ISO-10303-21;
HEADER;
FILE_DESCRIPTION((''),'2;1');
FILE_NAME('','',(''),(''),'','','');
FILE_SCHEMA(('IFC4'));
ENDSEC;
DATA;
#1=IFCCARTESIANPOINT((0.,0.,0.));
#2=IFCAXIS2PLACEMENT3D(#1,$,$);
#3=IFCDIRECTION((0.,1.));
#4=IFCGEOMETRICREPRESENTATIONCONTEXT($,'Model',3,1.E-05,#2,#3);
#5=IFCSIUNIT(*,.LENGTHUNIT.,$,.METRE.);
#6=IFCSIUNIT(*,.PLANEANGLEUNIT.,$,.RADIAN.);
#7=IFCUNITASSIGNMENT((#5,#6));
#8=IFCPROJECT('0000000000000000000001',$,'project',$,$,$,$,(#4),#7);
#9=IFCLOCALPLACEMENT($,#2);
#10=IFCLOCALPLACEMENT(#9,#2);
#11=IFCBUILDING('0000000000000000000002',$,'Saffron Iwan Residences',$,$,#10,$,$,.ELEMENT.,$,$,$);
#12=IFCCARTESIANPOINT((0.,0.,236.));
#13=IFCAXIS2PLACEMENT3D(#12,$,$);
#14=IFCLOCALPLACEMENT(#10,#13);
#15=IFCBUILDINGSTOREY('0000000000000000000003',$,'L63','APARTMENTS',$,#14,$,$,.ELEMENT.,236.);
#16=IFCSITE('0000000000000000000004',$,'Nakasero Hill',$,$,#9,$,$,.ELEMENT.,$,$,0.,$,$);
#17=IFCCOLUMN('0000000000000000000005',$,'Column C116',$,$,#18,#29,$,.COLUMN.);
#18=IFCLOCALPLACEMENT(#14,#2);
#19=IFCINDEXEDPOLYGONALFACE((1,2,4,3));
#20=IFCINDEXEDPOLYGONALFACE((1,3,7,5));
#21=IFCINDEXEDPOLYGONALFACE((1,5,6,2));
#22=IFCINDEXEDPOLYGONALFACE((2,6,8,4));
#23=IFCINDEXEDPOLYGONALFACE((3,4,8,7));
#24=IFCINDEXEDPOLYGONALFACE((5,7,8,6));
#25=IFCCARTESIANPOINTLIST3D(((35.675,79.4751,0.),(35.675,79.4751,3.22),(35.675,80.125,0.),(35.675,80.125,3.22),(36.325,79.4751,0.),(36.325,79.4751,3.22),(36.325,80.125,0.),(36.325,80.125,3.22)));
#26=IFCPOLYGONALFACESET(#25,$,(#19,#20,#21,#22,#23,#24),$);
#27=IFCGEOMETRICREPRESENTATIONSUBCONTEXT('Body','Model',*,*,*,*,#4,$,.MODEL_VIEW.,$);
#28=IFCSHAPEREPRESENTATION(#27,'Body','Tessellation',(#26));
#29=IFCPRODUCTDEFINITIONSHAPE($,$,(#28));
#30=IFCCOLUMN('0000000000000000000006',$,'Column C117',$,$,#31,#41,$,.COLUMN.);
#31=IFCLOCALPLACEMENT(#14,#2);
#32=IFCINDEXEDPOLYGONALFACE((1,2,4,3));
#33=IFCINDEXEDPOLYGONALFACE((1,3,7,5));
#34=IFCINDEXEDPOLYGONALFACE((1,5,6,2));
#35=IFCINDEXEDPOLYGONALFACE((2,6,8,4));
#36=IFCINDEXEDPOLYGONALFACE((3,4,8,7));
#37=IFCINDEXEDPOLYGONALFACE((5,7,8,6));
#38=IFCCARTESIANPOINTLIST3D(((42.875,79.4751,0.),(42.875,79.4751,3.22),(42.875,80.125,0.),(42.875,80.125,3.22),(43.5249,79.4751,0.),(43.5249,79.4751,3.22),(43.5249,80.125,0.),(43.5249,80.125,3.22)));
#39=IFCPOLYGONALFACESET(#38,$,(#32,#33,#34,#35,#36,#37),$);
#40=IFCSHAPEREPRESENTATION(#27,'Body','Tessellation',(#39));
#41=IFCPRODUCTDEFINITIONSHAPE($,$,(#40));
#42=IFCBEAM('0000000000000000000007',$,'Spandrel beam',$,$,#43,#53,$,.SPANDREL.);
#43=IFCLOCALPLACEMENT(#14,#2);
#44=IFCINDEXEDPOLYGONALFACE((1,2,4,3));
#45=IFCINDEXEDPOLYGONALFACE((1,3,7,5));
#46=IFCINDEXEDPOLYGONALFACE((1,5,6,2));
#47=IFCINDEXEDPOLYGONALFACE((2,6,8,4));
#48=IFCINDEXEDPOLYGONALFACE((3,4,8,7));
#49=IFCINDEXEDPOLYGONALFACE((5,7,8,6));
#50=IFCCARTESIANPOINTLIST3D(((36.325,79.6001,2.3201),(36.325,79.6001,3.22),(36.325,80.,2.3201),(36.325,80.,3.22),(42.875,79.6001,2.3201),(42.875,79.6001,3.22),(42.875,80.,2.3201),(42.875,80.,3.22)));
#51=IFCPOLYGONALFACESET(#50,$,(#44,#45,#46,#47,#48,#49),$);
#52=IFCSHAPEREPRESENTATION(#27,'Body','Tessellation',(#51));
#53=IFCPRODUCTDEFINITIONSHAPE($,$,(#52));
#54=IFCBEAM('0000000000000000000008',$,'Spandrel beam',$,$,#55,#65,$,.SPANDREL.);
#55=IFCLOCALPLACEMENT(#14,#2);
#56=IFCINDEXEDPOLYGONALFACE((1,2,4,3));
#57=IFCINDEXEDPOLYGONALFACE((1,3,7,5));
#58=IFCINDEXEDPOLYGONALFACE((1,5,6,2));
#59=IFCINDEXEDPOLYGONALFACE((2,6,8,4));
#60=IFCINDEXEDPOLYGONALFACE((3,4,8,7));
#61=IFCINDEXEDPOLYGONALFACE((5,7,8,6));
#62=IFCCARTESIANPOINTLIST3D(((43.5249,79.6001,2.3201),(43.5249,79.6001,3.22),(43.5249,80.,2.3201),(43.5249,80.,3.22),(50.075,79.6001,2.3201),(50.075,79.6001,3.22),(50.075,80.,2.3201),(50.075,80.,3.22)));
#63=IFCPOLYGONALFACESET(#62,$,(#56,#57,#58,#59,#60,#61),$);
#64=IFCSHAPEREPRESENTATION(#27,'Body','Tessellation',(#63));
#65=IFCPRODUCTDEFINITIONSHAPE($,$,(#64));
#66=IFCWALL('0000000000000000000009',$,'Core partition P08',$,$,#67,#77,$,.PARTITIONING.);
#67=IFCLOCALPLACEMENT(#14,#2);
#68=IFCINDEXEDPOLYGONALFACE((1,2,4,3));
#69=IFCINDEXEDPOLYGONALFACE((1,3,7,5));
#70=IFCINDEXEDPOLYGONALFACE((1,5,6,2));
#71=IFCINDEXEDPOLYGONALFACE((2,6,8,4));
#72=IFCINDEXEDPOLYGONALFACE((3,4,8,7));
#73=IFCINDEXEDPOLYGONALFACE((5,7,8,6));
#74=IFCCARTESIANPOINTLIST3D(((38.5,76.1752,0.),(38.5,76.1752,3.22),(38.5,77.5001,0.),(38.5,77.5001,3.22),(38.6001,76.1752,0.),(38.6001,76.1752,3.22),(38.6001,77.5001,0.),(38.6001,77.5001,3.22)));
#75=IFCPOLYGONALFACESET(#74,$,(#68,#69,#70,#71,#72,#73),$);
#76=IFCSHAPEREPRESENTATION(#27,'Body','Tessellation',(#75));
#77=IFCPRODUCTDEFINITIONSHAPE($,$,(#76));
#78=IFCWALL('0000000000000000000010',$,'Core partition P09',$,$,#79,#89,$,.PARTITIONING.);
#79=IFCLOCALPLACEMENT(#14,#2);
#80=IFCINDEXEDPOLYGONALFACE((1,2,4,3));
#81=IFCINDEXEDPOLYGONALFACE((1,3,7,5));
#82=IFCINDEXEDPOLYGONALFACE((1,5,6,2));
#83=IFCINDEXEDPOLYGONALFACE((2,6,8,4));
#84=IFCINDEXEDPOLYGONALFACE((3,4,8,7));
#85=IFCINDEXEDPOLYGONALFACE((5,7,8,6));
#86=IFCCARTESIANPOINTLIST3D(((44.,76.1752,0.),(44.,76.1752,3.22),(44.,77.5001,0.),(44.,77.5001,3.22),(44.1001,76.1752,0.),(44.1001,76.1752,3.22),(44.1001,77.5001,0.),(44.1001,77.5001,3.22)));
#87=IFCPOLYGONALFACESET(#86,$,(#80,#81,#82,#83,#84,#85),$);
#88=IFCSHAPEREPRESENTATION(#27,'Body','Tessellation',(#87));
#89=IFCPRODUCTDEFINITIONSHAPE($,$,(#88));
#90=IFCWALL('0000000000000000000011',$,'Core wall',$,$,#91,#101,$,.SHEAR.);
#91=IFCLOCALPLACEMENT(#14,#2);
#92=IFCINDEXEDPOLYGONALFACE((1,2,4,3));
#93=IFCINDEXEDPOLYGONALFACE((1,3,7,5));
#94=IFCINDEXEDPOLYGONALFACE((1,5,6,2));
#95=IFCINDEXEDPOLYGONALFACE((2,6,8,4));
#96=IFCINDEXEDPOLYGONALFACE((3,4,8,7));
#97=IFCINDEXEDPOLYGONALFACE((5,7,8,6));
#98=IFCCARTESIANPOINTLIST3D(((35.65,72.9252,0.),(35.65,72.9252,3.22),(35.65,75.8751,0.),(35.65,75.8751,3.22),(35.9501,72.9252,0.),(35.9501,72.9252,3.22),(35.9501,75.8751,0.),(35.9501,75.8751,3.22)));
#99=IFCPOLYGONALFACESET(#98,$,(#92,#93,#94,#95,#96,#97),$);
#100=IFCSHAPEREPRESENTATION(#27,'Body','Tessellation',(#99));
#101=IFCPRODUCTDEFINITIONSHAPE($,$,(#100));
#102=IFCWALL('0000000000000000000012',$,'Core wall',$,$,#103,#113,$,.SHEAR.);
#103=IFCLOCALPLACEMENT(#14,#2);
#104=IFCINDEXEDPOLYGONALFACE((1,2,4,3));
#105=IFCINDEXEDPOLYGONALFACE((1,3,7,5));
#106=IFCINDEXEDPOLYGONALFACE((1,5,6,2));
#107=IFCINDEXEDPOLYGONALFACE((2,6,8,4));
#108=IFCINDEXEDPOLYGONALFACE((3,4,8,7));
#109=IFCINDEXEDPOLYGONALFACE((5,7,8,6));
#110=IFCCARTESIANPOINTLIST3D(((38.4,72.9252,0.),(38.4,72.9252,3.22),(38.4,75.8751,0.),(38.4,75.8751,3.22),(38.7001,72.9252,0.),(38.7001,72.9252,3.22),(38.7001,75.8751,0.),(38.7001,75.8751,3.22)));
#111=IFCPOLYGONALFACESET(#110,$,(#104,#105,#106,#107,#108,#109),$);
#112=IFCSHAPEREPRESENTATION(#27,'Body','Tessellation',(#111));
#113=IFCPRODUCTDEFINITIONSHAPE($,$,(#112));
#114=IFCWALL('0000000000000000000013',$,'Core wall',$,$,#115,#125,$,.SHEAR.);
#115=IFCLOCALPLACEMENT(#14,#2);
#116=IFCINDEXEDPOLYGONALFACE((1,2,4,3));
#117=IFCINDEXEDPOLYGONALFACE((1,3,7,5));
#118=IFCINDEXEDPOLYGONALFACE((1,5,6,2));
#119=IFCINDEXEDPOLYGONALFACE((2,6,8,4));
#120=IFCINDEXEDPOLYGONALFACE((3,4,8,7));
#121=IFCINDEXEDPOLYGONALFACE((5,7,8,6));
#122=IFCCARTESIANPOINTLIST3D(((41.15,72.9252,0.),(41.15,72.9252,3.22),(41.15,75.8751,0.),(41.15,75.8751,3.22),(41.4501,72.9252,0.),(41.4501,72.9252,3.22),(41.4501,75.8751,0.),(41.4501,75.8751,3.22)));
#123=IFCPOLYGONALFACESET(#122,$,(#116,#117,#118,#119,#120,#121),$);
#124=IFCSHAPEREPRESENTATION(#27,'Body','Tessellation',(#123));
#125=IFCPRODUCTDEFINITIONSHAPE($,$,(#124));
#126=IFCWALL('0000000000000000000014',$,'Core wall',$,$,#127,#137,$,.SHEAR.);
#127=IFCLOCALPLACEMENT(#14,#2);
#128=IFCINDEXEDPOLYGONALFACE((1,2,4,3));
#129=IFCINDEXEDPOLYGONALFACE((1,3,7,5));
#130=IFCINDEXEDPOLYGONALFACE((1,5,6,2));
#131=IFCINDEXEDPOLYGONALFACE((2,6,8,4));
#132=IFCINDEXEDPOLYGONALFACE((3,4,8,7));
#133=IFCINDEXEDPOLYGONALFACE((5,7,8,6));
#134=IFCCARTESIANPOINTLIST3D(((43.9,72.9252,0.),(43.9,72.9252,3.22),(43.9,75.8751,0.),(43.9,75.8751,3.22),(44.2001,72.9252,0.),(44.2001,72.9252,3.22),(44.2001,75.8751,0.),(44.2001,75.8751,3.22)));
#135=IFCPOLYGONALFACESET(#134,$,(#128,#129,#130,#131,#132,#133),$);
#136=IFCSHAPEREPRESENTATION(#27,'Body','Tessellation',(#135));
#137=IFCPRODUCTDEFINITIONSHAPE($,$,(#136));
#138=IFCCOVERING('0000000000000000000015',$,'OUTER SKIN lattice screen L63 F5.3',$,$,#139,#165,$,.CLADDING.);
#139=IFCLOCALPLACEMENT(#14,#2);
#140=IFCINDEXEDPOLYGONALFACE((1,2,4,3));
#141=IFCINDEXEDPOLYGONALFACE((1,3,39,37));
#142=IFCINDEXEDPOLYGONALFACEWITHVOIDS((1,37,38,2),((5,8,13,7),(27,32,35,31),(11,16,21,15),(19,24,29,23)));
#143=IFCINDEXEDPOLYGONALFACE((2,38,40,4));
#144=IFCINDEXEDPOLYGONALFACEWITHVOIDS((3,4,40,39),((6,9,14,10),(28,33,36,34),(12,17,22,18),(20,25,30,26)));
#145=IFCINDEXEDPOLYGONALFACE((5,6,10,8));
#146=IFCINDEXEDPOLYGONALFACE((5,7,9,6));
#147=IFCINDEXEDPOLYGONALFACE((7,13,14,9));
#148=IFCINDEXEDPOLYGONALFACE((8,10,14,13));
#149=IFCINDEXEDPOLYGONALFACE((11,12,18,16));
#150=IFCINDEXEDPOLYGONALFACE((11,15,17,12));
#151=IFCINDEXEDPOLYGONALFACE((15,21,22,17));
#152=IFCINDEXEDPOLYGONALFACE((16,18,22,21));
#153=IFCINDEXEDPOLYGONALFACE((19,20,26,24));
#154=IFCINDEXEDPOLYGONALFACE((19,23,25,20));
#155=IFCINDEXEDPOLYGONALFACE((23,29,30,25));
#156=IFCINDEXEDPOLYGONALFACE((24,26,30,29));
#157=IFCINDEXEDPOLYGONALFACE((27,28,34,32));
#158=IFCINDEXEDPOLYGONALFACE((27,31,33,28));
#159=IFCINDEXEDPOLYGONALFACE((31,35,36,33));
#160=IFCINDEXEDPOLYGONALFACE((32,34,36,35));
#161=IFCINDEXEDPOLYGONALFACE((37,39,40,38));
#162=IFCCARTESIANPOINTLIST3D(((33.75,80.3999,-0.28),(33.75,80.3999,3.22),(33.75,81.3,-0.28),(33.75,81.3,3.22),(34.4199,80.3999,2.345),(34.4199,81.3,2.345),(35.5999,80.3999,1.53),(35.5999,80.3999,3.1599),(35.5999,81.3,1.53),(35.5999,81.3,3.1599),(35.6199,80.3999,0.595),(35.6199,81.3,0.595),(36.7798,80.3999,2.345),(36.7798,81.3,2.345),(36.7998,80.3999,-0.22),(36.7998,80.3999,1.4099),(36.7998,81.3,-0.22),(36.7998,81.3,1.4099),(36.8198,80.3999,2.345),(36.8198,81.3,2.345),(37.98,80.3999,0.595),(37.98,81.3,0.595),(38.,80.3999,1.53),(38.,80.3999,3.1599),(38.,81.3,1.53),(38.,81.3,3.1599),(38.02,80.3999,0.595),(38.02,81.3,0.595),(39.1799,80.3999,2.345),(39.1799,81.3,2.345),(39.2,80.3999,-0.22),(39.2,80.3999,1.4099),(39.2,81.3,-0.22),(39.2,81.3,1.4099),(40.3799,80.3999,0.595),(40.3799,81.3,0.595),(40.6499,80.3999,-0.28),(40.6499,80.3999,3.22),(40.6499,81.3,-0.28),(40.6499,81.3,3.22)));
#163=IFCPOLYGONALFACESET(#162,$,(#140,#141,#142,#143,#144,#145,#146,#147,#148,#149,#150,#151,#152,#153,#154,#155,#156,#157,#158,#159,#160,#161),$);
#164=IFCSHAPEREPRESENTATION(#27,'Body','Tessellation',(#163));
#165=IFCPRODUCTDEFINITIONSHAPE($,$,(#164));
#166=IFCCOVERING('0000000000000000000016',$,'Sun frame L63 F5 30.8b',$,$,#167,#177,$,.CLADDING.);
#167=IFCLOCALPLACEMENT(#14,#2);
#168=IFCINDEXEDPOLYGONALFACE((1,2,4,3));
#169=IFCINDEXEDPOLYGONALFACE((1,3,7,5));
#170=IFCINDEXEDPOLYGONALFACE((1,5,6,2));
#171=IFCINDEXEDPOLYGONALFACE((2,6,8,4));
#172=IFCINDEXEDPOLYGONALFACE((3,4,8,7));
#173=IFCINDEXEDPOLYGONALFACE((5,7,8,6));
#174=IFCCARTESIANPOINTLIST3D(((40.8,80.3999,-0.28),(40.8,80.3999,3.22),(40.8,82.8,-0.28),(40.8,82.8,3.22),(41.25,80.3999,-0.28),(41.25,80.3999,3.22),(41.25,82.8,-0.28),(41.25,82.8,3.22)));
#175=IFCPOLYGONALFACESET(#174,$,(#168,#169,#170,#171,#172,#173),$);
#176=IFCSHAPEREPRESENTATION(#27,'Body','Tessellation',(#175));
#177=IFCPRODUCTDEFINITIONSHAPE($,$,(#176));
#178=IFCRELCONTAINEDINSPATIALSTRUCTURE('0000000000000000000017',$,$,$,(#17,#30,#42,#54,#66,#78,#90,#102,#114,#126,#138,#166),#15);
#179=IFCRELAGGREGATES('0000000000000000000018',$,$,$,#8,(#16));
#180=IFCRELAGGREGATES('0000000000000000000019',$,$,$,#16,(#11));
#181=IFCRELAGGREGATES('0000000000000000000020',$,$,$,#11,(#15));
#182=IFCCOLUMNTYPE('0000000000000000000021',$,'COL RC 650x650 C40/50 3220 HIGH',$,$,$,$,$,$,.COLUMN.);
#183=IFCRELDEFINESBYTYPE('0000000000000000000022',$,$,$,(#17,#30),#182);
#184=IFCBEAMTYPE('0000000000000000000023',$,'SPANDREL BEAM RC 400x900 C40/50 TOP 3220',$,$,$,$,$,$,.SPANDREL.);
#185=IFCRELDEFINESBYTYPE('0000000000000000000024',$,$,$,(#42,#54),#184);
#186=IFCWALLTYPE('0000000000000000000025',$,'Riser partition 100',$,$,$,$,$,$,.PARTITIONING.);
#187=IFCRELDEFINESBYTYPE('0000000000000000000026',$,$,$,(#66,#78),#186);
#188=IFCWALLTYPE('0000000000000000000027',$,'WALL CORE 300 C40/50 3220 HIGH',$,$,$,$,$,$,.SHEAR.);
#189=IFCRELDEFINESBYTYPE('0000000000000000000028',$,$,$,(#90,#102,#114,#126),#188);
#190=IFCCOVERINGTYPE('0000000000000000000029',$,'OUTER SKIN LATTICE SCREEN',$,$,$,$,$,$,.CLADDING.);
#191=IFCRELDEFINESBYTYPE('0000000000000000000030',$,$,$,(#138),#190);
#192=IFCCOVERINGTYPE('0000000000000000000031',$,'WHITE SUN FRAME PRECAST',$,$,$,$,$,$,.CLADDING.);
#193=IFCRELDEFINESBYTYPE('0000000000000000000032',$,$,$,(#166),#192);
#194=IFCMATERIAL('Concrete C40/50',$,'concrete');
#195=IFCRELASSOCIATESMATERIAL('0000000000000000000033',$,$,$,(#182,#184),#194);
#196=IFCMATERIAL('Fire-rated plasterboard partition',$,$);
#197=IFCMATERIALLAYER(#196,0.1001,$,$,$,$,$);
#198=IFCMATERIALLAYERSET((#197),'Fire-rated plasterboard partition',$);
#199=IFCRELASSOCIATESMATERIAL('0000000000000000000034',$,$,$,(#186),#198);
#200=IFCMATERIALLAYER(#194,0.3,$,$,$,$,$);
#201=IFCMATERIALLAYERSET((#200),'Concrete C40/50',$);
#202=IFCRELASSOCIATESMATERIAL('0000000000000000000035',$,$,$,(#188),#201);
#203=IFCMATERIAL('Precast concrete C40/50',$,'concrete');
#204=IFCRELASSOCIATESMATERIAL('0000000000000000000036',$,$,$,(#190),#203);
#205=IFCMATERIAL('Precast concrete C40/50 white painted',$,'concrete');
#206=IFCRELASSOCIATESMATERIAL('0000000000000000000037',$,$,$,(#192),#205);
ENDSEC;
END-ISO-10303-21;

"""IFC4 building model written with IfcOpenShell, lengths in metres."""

from ifc_helpers import new_model, si_unit, direction, frame, frame_2d, origin, origin_2d, place, context, subcontext, project, spatial, polyline, rectangle, outline, extrude, source, transform, mapped, material, layer, layer_set, material_profile, profile_set, type_object, element, save


model = new_model("IFC4")

# Units and contexts
model_context = context("Model", 3, precision=1e-05, world=origin(), true_north=direction((0.0, 1.0)))
body_context = subcontext(model_context, "Body", "Model", "MODEL_VIEW")
ifc_project = project(units=[si_unit("LENGTHUNIT", "METRE"), si_unit("PLANEANGLEUNIT", "RADIAN")], contexts=[model_context])

# Site, building, storey
site_placement = place(None, origin())
site = spatial("IfcSite", under=ifc_project, at=site_placement, Name="Nakasero Hill", CompositionType="ELEMENT", RefElevation=0.0)
building_placement = place(site_placement, origin())
building = spatial("IfcBuilding", under=site, at=building_placement, Name="Saffron Iwan Residences", CompositionType="ELEMENT")
storey_placement = place(building_placement, frame((0.0, 0.0, 236.0)))
storey = spatial("IfcBuildingStorey", under=building, at=storey_placement, Name="L63", Description="APARTMENTS", CompositionType="ELEMENT", Elevation=236.0)

# Columns
ifc_material_1 = material(Name="Concrete C40/50", Category="concrete")
ifc_material_profile_1 = material_profile(ifc_material_1, rectangle(XDim=0.6499, YDim=0.6499, at=origin_2d()), Name="RC 650x650")
ifc_profile_set_1 = profile_set([ifc_material_profile_1], Name="Concrete C40/50")
column_type = type_object("IfcColumnType", Name="COL RC 650x650 C40/50 3220 HIGH", PredefinedType="COLUMN", material=ifc_profile_set_1)
shared_shape_1 = source(origin(), body_context, "Body", "SweptSolid", [
    extrude(rectangle(XDim=0.6499, YDim=0.6499, at=origin_2d()), origin(), (0.0, 0.0, 1.0), 3.22),
])
for number, where, z_axis, x_axis, name in (
    (1, (36.0, 79.8, 0.0), (0.0, 0.0, 1.0), (1.0, 0.0, 0.0), "Column C116"),
    (2, (43.2, 79.8, 0.0), (0.0, 0.0, 1.0), (1.0, 0.0, 0.0), "Column C117"),
):
    element("IfcColumn", number, at=place(storey_placement, frame(where, z_axis=z_axis, x_axis=x_axis)), inside=storey, type_object=column_type, Name=name, PredefinedType="COLUMN", context=body_context, shape_type="MappedRepresentation", body=[
        mapped(shared_shape_1, transform((0.0, 0.0, 0.0))),
    ])

# Beams
ifc_material_profile_2 = material_profile(ifc_material_1, rectangle(XDim=0.3999, YDim=0.8999, at=origin_2d()), Name="RC 400x900")
ifc_profile_set_2 = profile_set([ifc_material_profile_2], Name="Concrete C40/50")
beam_type = type_object("IfcBeamType", Name="SPANDREL BEAM RC 400x900 C40/50 TOP 3220", PredefinedType="SPANDREL", material=ifc_profile_set_2)
shared_shape_2 = source(origin(), body_context, "Body", "SweptSolid", [
    extrude(rectangle(XDim=0.3999, YDim=0.8999, at=origin_2d()), origin(), (0.0, 0.0, 1.0), 6.55),
])
for number, where, z_axis, x_axis, name in (
    (3, (36.325, 79.8, 2.77), (1.0, 0.0, 0.0), (0.0, 1.0, 0.0), "Spandrel beam"),
    (4, (43.5249, 79.8, 2.77), (1.0, 0.0, 0.0), (0.0, 1.0, 0.0), "Spandrel beam"),
):
    element("IfcBeam", number, at=place(storey_placement, frame(where, z_axis=z_axis, x_axis=x_axis)), inside=storey, type_object=beam_type, Name=name, PredefinedType="SPANDREL", context=body_context, shape_type="MappedRepresentation", body=[
        mapped(shared_shape_2, transform((0.0, 0.0, 0.0))),
    ])

# Walls
ifc_material_2 = material(Name="Fire-rated plasterboard partition")
ifc_layer_1 = layer(ifc_material_2, 0.1001)
ifc_layer_set_1 = layer_set([ifc_layer_1], Name="Fire-rated plasterboard partition")
wall_type_1 = type_object("IfcWallType", Name="Riser partition 100", PredefinedType="PARTITIONING", material=ifc_layer_set_1)
for number, where, z_axis, x_axis, name in (
    (5, (38.55, 76.175, 0.0), (0.0, 0.0, 1.0), (0.0, 1.0, 0.0), "Core partition P08"),
    (6, (44.05, 76.175, 0.0), (0.0, 0.0, 1.0), (0.0, 1.0, 0.0), "Core partition P09"),
):
    element("IfcWall", number, at=place(storey_placement, frame(where, z_axis=z_axis, x_axis=x_axis)), inside=storey, type_object=wall_type_1, Name=name, PredefinedType="PARTITIONING", context=body_context, shape_type="SweptSolid", body=[
        extrude(rectangle(XDim=1.325, YDim=0.1001, at=frame_2d((0.6626, 0.0))), origin(), (0.0, 0.0, 1.0), 3.22),
    ])
ifc_layer_2 = layer(ifc_material_1, 0.3)
ifc_layer_set_2 = layer_set([ifc_layer_2], Name="Concrete C40/50")
wall_type_2 = type_object("IfcWallType", Name="WALL CORE 300 C40/50 3220 HIGH", PredefinedType="SHEAR", material=ifc_layer_set_2)
for number, where, z_axis, x_axis, name in (
    (7, (35.8, 72.925, 0.0), (0.0, 0.0, 1.0), (0.0, 1.0, 0.0), "Core wall"),
    (8, (38.55, 72.925, 0.0), (0.0, 0.0, 1.0), (0.0, 1.0, 0.0), "Core wall"),
    (9, (41.3, 72.925, 0.0), (0.0, 0.0, 1.0), (0.0, 1.0, 0.0), "Core wall"),
    (10, (44.05, 72.925, 0.0), (0.0, 0.0, 1.0), (0.0, 1.0, 0.0), "Core wall"),
):
    element("IfcWall", number, at=place(storey_placement, frame(where, z_axis=z_axis, x_axis=x_axis)), inside=storey, type_object=wall_type_2, Name=name, PredefinedType="SHEAR", context=body_context, shape_type="SweptSolid", body=[
        extrude(rectangle(XDim=2.95, YDim=0.3, at=frame_2d((1.4751, 0.0))), origin(), (0.0, 0.0, 1.0), 3.22),
    ])

# Coverings
ifc_material_3 = material(Name="Precast concrete C40/50", Category="concrete")
covering_type_1 = type_object("IfcCoveringType", Name="OUTER SKIN LATTICE SCREEN", PredefinedType="CLADDING", material=ifc_material_3)
covering_1_placement = place(storey_placement, frame((40.6499, 80.3999, -0.28), z_axis=(0.0, 1.0, 0.0), x_axis=(-1.0, 0.0, 0.0)))
element("IfcCovering", 11, at=covering_1_placement, inside=storey, type_object=covering_type_1, Name="OUTER SKIN lattice screen L63 F5.3", PredefinedType="CLADDING", context=body_context, shape_type="SweptSolid", body=[
    extrude(outline(polyline([(0.0, 0.0), (6.8999, 0.0), (6.8999, 3.5), (0.0, 3.5), (0.0, 0.0)]), holes=[polyline([(0.27, 0.875), (1.45, 0.0601), (2.6299, 0.875), (1.45, 1.6899), (0.27, 0.875)]), polyline([(2.6699, 0.875), (3.8501, 0.0601), (5.03, 0.875), (3.8501, 1.6899), (2.6699, 0.875)]), polyline([(1.47, 2.625), (2.6499, 1.8101), (3.8301, 2.625), (2.6499, 3.4399), (1.47, 2.625)]), polyline([(3.8701, 2.625), (5.05, 1.8101), (6.23, 2.625), (5.05, 3.4399), (3.8701, 2.625)])]), origin(), (0.0, 0.0, 1.0), 0.9001),
])
ifc_material_4 = material(Name="Precast concrete C40/50 white painted", Category="concrete")
covering_type_2 = type_object("IfcCoveringType", Name="WHITE SUN FRAME PRECAST", PredefinedType="CLADDING", material=ifc_material_4)
covering_2_placement = place(storey_placement, frame((41.25, 80.3999, -0.28), z_axis=(0.0, 1.0, 0.0), x_axis=(-1.0, 0.0, 0.0)))
element("IfcCovering", 12, at=covering_2_placement, inside=storey, type_object=covering_type_2, Name="Sun frame L63 F5 30.8b", PredefinedType="CLADDING", context=body_context, shape_type="SweptSolid", body=[
    extrude(outline(polyline([(0.0, 0.0), (0.45, 0.0), (0.45, 3.5), (0.0, 3.5), (0.0, 0.0)])), origin(), (0.0, 0.0, 1.0), 2.4001),
])

save(model, "model.ifc")
